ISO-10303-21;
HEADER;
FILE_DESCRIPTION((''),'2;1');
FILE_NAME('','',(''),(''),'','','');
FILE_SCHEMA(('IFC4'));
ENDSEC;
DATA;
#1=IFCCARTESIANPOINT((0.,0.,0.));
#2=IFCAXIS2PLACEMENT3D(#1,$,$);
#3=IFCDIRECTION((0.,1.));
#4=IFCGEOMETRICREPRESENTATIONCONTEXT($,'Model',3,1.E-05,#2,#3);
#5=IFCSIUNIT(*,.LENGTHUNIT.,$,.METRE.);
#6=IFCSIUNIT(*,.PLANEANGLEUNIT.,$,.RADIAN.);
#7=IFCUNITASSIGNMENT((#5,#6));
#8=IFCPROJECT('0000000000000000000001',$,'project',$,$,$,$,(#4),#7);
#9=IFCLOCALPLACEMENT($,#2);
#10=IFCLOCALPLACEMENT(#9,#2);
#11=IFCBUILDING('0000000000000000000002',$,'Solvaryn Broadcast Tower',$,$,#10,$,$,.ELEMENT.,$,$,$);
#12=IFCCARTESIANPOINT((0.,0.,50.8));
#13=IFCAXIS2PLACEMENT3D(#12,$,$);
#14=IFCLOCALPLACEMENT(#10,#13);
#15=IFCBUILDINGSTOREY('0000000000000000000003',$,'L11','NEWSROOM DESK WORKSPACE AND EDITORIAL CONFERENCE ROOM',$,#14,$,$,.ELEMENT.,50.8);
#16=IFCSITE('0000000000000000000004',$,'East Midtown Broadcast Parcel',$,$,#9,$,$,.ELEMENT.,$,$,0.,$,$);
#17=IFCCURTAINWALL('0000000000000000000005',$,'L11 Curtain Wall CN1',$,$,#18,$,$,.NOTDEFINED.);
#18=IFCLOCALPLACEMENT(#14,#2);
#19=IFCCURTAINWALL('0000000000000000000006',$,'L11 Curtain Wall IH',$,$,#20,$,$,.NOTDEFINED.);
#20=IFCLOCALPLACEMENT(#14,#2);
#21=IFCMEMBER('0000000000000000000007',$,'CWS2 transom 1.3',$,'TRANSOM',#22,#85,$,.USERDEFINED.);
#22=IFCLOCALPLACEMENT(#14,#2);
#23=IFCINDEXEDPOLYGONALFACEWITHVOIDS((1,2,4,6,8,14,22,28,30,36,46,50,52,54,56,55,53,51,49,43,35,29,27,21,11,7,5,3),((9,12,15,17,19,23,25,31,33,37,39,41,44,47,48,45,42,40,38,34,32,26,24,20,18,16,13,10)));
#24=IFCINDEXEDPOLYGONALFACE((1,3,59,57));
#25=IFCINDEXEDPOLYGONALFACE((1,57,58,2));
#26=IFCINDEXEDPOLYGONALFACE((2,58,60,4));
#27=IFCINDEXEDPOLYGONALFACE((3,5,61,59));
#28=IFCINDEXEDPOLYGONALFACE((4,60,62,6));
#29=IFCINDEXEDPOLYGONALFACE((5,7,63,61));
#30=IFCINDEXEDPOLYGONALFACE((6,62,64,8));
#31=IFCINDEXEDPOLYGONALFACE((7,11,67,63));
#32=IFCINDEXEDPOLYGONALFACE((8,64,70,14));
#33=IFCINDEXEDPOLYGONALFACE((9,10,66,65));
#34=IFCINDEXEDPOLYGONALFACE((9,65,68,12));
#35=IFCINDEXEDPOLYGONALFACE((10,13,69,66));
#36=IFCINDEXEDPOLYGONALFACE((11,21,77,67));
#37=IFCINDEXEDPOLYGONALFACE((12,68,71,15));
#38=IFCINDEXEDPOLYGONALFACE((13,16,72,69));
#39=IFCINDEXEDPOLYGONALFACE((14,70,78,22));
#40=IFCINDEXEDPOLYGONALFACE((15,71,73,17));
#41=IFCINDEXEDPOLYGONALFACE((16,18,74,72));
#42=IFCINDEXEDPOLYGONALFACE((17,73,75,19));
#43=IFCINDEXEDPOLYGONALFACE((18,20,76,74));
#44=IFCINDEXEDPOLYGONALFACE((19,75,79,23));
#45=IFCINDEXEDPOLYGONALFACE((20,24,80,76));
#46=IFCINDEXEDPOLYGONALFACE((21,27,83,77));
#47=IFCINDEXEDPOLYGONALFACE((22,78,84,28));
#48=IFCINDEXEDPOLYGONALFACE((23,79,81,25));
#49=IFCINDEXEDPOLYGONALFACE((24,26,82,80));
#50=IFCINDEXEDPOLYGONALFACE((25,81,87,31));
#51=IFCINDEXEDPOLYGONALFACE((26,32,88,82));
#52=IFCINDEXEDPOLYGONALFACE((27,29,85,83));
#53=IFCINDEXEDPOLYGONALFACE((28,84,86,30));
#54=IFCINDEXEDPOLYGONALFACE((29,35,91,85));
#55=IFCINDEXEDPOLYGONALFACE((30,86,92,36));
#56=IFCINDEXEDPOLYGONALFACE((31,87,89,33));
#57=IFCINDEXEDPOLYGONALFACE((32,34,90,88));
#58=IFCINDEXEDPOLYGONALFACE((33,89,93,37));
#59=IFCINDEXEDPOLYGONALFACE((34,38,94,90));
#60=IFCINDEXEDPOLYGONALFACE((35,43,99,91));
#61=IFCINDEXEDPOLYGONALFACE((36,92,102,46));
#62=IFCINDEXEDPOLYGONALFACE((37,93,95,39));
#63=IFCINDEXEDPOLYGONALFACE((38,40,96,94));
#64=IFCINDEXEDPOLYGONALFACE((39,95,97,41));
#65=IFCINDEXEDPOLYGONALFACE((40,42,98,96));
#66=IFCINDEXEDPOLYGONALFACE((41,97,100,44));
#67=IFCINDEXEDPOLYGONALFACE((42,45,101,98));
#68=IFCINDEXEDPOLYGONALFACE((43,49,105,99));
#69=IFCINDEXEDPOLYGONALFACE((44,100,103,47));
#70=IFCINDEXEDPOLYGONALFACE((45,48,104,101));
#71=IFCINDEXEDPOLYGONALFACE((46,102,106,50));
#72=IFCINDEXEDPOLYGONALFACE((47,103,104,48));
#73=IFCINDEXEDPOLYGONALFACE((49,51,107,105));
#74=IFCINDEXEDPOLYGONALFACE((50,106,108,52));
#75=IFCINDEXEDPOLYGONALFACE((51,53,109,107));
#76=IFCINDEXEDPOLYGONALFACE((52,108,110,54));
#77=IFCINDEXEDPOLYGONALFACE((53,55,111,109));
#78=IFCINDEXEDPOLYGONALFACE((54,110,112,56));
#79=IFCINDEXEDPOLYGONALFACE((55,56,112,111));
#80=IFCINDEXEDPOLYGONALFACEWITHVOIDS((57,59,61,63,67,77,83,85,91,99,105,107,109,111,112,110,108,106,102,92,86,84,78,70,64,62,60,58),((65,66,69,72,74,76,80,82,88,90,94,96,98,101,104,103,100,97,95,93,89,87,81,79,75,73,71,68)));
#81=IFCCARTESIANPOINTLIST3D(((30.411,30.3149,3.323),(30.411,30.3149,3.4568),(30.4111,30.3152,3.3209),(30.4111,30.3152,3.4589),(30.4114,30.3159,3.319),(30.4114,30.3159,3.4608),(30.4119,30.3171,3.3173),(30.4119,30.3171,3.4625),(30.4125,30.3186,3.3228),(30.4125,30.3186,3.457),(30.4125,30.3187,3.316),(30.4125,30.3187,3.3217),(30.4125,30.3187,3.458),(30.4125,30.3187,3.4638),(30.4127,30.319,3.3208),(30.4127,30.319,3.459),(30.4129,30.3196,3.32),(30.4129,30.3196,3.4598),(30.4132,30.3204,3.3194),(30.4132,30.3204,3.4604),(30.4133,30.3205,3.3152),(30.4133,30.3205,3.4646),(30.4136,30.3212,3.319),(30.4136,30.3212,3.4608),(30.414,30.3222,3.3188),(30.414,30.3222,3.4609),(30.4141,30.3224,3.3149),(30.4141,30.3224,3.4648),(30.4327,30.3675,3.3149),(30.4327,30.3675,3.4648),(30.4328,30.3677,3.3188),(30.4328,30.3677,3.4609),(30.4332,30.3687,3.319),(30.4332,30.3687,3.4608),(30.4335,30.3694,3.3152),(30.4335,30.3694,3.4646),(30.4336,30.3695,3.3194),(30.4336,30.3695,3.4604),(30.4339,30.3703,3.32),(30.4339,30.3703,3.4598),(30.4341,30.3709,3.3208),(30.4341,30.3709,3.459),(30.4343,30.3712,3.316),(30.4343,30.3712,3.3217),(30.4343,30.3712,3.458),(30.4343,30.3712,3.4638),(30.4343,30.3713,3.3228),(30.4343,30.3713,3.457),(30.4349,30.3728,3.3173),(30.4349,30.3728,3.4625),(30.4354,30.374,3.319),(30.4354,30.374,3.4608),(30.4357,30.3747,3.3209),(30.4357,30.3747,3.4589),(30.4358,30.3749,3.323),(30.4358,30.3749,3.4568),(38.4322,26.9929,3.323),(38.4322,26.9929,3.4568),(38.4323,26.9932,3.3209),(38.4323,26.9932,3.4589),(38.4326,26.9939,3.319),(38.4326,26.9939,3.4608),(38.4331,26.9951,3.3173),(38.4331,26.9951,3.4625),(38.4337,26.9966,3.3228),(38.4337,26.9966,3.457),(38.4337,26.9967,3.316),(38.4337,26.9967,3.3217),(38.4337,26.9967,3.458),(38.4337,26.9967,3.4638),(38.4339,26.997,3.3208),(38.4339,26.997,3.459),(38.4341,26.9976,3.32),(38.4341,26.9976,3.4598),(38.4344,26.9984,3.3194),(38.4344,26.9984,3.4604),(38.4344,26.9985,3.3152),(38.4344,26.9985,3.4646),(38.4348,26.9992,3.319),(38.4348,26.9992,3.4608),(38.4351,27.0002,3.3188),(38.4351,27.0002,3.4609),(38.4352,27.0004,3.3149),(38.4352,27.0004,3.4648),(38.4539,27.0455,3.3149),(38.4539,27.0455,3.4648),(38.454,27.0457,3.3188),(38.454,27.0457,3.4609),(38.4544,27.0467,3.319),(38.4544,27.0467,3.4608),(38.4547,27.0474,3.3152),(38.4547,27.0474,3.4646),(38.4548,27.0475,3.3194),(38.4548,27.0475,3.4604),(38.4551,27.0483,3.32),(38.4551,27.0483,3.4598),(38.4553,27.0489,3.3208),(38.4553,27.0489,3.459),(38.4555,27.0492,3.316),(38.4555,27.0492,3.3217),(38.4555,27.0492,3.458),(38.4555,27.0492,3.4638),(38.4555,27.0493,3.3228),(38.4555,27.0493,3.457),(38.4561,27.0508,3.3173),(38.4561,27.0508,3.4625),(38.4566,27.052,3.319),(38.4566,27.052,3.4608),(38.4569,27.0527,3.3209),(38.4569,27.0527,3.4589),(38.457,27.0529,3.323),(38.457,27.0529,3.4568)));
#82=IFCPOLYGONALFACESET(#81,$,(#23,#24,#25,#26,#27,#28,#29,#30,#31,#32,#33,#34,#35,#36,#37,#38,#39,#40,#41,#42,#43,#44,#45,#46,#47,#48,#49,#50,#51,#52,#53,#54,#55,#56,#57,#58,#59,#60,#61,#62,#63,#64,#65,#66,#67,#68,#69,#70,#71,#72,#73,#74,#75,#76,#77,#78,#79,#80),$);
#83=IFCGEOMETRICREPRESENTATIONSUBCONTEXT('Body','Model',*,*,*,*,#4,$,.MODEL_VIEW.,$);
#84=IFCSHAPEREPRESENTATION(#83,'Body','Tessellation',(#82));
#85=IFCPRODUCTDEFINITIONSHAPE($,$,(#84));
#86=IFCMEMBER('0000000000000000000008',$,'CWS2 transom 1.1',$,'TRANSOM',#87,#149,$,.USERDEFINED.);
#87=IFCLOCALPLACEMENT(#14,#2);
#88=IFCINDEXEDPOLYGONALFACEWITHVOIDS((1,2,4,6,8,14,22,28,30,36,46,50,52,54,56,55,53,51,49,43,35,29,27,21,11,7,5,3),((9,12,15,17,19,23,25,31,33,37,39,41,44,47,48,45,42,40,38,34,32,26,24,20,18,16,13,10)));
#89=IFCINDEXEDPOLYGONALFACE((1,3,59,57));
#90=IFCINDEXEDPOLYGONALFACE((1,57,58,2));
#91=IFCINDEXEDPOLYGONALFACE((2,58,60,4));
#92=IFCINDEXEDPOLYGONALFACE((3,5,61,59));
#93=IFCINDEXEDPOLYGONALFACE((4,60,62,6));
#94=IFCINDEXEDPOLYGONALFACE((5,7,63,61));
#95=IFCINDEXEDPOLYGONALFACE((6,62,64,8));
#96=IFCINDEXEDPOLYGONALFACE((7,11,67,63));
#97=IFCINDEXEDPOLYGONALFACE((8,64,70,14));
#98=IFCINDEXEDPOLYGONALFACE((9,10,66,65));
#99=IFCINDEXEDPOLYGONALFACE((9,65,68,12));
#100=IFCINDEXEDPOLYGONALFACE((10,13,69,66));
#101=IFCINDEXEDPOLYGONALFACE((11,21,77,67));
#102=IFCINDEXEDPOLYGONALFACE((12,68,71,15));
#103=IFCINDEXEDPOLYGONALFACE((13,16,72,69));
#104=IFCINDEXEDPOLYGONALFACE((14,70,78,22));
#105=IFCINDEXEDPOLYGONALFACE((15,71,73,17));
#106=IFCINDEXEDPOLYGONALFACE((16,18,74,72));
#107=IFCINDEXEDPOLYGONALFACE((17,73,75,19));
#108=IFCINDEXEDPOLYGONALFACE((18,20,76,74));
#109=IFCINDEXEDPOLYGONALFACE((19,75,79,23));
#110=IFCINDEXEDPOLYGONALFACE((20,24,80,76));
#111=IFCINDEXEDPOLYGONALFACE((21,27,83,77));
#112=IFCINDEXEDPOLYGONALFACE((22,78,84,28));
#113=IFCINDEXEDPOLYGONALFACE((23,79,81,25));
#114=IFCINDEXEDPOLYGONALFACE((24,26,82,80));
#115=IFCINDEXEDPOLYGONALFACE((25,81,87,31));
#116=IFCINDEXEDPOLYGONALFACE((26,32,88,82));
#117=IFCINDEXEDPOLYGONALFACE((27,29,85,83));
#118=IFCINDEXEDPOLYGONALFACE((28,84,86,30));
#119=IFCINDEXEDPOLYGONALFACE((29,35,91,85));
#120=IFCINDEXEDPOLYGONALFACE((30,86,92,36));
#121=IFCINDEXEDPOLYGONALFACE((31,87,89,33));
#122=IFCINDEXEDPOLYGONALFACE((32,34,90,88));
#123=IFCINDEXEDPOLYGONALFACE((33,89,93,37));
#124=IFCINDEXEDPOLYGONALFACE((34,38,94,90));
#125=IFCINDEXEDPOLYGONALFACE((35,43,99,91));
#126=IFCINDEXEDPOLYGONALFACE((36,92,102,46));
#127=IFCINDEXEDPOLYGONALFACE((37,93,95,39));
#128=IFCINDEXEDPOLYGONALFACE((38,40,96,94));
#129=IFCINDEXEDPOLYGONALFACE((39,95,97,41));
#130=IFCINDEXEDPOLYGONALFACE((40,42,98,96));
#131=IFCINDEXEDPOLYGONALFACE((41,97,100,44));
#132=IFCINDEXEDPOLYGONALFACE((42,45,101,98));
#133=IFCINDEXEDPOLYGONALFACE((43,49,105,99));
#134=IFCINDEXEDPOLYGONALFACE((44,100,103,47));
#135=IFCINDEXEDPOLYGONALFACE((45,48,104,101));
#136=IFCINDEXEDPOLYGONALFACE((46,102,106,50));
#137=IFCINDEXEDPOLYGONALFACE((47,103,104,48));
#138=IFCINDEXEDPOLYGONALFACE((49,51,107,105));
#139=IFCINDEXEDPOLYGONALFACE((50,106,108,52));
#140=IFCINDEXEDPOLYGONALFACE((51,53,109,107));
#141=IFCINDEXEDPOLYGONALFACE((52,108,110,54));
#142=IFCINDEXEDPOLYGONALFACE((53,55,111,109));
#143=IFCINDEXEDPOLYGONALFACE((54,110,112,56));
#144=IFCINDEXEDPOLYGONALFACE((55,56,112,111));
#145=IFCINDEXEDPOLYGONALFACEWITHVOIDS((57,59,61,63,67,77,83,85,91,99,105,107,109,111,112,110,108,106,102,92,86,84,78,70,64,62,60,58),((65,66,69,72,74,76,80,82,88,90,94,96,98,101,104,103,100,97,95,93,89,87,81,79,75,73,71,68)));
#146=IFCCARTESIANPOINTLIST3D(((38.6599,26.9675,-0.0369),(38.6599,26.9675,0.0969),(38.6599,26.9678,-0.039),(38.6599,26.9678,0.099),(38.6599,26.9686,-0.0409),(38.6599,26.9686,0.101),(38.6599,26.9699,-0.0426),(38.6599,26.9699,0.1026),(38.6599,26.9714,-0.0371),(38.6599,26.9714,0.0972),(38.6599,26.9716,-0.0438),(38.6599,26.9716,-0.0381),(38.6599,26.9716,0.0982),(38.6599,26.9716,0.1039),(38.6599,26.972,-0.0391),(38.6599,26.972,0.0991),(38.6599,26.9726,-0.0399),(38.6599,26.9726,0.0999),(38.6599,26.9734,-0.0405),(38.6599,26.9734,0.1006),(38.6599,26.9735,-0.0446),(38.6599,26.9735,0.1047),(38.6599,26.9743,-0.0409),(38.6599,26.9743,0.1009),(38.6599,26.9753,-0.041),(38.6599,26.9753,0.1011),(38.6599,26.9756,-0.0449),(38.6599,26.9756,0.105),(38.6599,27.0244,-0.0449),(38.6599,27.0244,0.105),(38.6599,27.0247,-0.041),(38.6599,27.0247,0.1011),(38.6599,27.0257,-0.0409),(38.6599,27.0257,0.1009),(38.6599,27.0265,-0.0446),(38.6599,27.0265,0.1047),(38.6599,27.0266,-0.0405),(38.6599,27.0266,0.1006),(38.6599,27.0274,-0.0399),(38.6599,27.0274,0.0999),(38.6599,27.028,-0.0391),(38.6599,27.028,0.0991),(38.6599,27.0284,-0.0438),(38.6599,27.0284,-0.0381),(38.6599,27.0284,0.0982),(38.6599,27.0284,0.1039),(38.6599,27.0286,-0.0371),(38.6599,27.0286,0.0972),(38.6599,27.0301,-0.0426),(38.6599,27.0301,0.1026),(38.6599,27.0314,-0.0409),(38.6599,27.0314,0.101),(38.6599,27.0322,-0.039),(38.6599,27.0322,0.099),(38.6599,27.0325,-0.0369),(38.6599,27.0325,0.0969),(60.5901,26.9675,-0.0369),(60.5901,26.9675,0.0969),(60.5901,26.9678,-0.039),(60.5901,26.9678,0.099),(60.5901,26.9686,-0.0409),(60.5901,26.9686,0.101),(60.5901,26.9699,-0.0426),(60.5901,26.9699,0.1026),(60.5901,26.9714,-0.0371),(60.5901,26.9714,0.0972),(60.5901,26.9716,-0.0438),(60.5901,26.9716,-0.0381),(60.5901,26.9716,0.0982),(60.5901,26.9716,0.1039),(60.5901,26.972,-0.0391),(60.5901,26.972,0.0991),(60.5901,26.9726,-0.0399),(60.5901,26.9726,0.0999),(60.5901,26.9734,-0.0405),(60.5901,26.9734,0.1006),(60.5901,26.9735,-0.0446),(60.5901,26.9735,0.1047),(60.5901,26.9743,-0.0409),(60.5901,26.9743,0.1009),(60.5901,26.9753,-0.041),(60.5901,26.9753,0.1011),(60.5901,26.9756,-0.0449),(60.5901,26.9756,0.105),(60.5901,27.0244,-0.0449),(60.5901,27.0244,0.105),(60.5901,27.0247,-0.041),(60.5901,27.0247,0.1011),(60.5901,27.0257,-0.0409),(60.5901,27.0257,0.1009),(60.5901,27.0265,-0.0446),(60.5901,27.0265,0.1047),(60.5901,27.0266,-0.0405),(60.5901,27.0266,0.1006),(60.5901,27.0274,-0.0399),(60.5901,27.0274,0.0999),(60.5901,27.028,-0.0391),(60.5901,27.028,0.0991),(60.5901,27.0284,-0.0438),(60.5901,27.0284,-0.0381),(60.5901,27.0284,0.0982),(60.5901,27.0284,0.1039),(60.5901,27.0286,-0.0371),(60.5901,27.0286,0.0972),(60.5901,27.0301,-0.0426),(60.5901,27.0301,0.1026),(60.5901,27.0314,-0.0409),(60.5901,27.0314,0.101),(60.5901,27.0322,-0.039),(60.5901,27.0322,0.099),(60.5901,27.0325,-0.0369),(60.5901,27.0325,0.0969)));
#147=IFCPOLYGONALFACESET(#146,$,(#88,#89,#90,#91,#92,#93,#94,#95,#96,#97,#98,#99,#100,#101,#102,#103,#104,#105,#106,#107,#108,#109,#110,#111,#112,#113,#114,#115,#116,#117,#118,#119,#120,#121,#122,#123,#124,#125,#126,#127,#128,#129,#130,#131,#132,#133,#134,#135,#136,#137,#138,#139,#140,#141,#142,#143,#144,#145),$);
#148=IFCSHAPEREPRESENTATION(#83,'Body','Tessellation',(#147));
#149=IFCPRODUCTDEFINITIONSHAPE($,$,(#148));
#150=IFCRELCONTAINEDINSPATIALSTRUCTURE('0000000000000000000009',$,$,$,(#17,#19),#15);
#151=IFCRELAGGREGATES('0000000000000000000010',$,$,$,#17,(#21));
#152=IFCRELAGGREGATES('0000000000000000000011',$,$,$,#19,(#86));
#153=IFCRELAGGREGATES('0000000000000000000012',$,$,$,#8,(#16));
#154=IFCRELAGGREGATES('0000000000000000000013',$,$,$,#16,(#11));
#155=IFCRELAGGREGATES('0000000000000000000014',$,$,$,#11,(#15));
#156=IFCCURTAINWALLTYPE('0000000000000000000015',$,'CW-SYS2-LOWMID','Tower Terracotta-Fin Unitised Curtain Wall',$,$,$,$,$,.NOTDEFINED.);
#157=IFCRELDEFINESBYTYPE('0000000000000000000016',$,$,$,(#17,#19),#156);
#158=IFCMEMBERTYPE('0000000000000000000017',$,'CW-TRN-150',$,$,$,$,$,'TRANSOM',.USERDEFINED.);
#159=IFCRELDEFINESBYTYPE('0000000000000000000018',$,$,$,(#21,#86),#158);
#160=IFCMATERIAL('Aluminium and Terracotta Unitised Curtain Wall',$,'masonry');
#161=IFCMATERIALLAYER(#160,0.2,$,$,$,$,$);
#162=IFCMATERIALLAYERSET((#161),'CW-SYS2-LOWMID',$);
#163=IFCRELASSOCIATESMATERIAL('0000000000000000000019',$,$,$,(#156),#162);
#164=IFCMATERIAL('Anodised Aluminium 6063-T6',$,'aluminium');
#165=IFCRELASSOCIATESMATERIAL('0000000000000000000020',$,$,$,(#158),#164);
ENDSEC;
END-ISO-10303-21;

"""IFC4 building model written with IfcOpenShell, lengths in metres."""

from ifc_helpers import new_model, si_unit, direction, frame, origin, origin_2d, place, context, subcontext, project, spatial, hollow_rectangle, extrude, material, layer, layer_set, material_profile, profile_set, type_object, element, aggregate, save


model = new_model("IFC4")

# Units and contexts
model_context = context("Model", 3, precision=1e-05, world=origin(), true_north=direction((0.0, 1.0)))
body_context = subcontext(model_context, "Body", "Model", "MODEL_VIEW")
ifc_project = project(units=[si_unit("LENGTHUNIT", "METRE"), si_unit("PLANEANGLEUNIT", "RADIAN")], contexts=[model_context])

# Site, building, storey
site_placement = place(None, origin())
site = spatial("IfcSite", under=ifc_project, at=site_placement, Name="East Midtown Broadcast Parcel", CompositionType="ELEMENT", RefElevation=0.0)
building_placement = place(site_placement, origin())
building = spatial("IfcBuilding", under=site, at=building_placement, Name="Solvaryn Broadcast Tower", CompositionType="ELEMENT")
storey_placement = place(building_placement, frame((0.0, 0.0, 50.8)))
storey = spatial("IfcBuildingStorey", under=building, at=storey_placement, Name="L11", Description="NEWSROOM DESK WORKSPACE AND EDITORIAL CONFERENCE ROOM", CompositionType="ELEMENT", Elevation=50.8)

# Curtain walls
ifc_material_1 = material(Name="Aluminium and Terracotta Unitised Curtain Wall", Category="masonry")
ifc_layer_1 = layer(ifc_material_1, 0.2)
ifc_layer_set_1 = layer_set([ifc_layer_1], Name="CW-SYS2-LOWMID")
curtain_wall_type = type_object("IfcCurtainWallType", Name="CW-SYS2-LOWMID", Description="Tower Terracotta-Fin Unitised Curtain Wall", PredefinedType="NOTDEFINED", material=ifc_layer_set_1)
curtain_wall_1_placement = place(storey_placement, origin())
curtain_wall_1 = element("IfcCurtainWall", 1, at=curtain_wall_1_placement, inside=storey, type_object=curtain_wall_type, Name="L11 Curtain Wall CN1", PredefinedType="NOTDEFINED")
curtain_wall_2_placement = place(storey_placement, origin())
curtain_wall_2 = element("IfcCurtainWall", 2, at=curtain_wall_2_placement, inside=storey, type_object=curtain_wall_type, Name="L11 Curtain Wall IH", PredefinedType="NOTDEFINED")

# Members
ifc_material_2 = material(Name="Anodised Aluminium 6063-T6", Category="aluminium")
ifc_material_profile_1 = material_profile(ifc_material_2, hollow_rectangle(XDim=0.0649, YDim=0.1499, WallThickness=0.0039, InnerFilletRadius=0.0039, OuterFilletRadius=0.0081, at=origin_2d()))
ifc_profile_set_1 = profile_set([ifc_material_profile_1], Name="Anodised Aluminium 6063-T6")
member_type_1 = type_object("IfcMemberType", Name="CW-TRN-150", ElementType="TRANSOM", PredefinedType="USERDEFINED", material=ifc_profile_set_1)
member_1_placement = place(storey_placement, frame((38.4446, 27.0229, 3.3899), z_axis=(-0.923899, 0.382636, 0.0), x_axis=(-0.382636, -0.923899, 0.0)))
member_1 = element("IfcMember", 3, at=member_1_placement, type_object=member_type_1, Name="CWS2 transom 1.3", ObjectType="TRANSOM", PredefinedType="USERDEFINED", context=body_context, shape_type="SweptSolid", body=[
    extrude(hollow_rectangle(XDim=0.0649, YDim=0.1499, WallThickness=0.0039, InnerFilletRadius=0.0039, OuterFilletRadius=0.0081, at=origin_2d()), origin(), (0.0, 0.0, 1.0), 8.6819),
])
aggregate(curtain_wall_1, [member_1])
member_2_placement = place(storey_placement, frame((38.6599, 27.0, 0.03), z_axis=(1.0, 0.0, 0.0), x_axis=(0.0, 1.0, 0.0)))
member_2 = element("IfcMember", 4, at=member_2_placement, type_object=member_type_1, Name="CWS2 transom 1.1", ObjectType="TRANSOM", PredefinedType="USERDEFINED", context=body_context, shape_type="SweptSolid", body=[
    extrude(hollow_rectangle(XDim=0.0649, YDim=0.1499, WallThickness=0.0039, InnerFilletRadius=0.0039, OuterFilletRadius=0.0081, at=origin_2d()), origin(), (0.0, 0.0, 1.0), 21.9302),
])
aggregate(curtain_wall_2, [member_2])

save(model, "model.ifc")
